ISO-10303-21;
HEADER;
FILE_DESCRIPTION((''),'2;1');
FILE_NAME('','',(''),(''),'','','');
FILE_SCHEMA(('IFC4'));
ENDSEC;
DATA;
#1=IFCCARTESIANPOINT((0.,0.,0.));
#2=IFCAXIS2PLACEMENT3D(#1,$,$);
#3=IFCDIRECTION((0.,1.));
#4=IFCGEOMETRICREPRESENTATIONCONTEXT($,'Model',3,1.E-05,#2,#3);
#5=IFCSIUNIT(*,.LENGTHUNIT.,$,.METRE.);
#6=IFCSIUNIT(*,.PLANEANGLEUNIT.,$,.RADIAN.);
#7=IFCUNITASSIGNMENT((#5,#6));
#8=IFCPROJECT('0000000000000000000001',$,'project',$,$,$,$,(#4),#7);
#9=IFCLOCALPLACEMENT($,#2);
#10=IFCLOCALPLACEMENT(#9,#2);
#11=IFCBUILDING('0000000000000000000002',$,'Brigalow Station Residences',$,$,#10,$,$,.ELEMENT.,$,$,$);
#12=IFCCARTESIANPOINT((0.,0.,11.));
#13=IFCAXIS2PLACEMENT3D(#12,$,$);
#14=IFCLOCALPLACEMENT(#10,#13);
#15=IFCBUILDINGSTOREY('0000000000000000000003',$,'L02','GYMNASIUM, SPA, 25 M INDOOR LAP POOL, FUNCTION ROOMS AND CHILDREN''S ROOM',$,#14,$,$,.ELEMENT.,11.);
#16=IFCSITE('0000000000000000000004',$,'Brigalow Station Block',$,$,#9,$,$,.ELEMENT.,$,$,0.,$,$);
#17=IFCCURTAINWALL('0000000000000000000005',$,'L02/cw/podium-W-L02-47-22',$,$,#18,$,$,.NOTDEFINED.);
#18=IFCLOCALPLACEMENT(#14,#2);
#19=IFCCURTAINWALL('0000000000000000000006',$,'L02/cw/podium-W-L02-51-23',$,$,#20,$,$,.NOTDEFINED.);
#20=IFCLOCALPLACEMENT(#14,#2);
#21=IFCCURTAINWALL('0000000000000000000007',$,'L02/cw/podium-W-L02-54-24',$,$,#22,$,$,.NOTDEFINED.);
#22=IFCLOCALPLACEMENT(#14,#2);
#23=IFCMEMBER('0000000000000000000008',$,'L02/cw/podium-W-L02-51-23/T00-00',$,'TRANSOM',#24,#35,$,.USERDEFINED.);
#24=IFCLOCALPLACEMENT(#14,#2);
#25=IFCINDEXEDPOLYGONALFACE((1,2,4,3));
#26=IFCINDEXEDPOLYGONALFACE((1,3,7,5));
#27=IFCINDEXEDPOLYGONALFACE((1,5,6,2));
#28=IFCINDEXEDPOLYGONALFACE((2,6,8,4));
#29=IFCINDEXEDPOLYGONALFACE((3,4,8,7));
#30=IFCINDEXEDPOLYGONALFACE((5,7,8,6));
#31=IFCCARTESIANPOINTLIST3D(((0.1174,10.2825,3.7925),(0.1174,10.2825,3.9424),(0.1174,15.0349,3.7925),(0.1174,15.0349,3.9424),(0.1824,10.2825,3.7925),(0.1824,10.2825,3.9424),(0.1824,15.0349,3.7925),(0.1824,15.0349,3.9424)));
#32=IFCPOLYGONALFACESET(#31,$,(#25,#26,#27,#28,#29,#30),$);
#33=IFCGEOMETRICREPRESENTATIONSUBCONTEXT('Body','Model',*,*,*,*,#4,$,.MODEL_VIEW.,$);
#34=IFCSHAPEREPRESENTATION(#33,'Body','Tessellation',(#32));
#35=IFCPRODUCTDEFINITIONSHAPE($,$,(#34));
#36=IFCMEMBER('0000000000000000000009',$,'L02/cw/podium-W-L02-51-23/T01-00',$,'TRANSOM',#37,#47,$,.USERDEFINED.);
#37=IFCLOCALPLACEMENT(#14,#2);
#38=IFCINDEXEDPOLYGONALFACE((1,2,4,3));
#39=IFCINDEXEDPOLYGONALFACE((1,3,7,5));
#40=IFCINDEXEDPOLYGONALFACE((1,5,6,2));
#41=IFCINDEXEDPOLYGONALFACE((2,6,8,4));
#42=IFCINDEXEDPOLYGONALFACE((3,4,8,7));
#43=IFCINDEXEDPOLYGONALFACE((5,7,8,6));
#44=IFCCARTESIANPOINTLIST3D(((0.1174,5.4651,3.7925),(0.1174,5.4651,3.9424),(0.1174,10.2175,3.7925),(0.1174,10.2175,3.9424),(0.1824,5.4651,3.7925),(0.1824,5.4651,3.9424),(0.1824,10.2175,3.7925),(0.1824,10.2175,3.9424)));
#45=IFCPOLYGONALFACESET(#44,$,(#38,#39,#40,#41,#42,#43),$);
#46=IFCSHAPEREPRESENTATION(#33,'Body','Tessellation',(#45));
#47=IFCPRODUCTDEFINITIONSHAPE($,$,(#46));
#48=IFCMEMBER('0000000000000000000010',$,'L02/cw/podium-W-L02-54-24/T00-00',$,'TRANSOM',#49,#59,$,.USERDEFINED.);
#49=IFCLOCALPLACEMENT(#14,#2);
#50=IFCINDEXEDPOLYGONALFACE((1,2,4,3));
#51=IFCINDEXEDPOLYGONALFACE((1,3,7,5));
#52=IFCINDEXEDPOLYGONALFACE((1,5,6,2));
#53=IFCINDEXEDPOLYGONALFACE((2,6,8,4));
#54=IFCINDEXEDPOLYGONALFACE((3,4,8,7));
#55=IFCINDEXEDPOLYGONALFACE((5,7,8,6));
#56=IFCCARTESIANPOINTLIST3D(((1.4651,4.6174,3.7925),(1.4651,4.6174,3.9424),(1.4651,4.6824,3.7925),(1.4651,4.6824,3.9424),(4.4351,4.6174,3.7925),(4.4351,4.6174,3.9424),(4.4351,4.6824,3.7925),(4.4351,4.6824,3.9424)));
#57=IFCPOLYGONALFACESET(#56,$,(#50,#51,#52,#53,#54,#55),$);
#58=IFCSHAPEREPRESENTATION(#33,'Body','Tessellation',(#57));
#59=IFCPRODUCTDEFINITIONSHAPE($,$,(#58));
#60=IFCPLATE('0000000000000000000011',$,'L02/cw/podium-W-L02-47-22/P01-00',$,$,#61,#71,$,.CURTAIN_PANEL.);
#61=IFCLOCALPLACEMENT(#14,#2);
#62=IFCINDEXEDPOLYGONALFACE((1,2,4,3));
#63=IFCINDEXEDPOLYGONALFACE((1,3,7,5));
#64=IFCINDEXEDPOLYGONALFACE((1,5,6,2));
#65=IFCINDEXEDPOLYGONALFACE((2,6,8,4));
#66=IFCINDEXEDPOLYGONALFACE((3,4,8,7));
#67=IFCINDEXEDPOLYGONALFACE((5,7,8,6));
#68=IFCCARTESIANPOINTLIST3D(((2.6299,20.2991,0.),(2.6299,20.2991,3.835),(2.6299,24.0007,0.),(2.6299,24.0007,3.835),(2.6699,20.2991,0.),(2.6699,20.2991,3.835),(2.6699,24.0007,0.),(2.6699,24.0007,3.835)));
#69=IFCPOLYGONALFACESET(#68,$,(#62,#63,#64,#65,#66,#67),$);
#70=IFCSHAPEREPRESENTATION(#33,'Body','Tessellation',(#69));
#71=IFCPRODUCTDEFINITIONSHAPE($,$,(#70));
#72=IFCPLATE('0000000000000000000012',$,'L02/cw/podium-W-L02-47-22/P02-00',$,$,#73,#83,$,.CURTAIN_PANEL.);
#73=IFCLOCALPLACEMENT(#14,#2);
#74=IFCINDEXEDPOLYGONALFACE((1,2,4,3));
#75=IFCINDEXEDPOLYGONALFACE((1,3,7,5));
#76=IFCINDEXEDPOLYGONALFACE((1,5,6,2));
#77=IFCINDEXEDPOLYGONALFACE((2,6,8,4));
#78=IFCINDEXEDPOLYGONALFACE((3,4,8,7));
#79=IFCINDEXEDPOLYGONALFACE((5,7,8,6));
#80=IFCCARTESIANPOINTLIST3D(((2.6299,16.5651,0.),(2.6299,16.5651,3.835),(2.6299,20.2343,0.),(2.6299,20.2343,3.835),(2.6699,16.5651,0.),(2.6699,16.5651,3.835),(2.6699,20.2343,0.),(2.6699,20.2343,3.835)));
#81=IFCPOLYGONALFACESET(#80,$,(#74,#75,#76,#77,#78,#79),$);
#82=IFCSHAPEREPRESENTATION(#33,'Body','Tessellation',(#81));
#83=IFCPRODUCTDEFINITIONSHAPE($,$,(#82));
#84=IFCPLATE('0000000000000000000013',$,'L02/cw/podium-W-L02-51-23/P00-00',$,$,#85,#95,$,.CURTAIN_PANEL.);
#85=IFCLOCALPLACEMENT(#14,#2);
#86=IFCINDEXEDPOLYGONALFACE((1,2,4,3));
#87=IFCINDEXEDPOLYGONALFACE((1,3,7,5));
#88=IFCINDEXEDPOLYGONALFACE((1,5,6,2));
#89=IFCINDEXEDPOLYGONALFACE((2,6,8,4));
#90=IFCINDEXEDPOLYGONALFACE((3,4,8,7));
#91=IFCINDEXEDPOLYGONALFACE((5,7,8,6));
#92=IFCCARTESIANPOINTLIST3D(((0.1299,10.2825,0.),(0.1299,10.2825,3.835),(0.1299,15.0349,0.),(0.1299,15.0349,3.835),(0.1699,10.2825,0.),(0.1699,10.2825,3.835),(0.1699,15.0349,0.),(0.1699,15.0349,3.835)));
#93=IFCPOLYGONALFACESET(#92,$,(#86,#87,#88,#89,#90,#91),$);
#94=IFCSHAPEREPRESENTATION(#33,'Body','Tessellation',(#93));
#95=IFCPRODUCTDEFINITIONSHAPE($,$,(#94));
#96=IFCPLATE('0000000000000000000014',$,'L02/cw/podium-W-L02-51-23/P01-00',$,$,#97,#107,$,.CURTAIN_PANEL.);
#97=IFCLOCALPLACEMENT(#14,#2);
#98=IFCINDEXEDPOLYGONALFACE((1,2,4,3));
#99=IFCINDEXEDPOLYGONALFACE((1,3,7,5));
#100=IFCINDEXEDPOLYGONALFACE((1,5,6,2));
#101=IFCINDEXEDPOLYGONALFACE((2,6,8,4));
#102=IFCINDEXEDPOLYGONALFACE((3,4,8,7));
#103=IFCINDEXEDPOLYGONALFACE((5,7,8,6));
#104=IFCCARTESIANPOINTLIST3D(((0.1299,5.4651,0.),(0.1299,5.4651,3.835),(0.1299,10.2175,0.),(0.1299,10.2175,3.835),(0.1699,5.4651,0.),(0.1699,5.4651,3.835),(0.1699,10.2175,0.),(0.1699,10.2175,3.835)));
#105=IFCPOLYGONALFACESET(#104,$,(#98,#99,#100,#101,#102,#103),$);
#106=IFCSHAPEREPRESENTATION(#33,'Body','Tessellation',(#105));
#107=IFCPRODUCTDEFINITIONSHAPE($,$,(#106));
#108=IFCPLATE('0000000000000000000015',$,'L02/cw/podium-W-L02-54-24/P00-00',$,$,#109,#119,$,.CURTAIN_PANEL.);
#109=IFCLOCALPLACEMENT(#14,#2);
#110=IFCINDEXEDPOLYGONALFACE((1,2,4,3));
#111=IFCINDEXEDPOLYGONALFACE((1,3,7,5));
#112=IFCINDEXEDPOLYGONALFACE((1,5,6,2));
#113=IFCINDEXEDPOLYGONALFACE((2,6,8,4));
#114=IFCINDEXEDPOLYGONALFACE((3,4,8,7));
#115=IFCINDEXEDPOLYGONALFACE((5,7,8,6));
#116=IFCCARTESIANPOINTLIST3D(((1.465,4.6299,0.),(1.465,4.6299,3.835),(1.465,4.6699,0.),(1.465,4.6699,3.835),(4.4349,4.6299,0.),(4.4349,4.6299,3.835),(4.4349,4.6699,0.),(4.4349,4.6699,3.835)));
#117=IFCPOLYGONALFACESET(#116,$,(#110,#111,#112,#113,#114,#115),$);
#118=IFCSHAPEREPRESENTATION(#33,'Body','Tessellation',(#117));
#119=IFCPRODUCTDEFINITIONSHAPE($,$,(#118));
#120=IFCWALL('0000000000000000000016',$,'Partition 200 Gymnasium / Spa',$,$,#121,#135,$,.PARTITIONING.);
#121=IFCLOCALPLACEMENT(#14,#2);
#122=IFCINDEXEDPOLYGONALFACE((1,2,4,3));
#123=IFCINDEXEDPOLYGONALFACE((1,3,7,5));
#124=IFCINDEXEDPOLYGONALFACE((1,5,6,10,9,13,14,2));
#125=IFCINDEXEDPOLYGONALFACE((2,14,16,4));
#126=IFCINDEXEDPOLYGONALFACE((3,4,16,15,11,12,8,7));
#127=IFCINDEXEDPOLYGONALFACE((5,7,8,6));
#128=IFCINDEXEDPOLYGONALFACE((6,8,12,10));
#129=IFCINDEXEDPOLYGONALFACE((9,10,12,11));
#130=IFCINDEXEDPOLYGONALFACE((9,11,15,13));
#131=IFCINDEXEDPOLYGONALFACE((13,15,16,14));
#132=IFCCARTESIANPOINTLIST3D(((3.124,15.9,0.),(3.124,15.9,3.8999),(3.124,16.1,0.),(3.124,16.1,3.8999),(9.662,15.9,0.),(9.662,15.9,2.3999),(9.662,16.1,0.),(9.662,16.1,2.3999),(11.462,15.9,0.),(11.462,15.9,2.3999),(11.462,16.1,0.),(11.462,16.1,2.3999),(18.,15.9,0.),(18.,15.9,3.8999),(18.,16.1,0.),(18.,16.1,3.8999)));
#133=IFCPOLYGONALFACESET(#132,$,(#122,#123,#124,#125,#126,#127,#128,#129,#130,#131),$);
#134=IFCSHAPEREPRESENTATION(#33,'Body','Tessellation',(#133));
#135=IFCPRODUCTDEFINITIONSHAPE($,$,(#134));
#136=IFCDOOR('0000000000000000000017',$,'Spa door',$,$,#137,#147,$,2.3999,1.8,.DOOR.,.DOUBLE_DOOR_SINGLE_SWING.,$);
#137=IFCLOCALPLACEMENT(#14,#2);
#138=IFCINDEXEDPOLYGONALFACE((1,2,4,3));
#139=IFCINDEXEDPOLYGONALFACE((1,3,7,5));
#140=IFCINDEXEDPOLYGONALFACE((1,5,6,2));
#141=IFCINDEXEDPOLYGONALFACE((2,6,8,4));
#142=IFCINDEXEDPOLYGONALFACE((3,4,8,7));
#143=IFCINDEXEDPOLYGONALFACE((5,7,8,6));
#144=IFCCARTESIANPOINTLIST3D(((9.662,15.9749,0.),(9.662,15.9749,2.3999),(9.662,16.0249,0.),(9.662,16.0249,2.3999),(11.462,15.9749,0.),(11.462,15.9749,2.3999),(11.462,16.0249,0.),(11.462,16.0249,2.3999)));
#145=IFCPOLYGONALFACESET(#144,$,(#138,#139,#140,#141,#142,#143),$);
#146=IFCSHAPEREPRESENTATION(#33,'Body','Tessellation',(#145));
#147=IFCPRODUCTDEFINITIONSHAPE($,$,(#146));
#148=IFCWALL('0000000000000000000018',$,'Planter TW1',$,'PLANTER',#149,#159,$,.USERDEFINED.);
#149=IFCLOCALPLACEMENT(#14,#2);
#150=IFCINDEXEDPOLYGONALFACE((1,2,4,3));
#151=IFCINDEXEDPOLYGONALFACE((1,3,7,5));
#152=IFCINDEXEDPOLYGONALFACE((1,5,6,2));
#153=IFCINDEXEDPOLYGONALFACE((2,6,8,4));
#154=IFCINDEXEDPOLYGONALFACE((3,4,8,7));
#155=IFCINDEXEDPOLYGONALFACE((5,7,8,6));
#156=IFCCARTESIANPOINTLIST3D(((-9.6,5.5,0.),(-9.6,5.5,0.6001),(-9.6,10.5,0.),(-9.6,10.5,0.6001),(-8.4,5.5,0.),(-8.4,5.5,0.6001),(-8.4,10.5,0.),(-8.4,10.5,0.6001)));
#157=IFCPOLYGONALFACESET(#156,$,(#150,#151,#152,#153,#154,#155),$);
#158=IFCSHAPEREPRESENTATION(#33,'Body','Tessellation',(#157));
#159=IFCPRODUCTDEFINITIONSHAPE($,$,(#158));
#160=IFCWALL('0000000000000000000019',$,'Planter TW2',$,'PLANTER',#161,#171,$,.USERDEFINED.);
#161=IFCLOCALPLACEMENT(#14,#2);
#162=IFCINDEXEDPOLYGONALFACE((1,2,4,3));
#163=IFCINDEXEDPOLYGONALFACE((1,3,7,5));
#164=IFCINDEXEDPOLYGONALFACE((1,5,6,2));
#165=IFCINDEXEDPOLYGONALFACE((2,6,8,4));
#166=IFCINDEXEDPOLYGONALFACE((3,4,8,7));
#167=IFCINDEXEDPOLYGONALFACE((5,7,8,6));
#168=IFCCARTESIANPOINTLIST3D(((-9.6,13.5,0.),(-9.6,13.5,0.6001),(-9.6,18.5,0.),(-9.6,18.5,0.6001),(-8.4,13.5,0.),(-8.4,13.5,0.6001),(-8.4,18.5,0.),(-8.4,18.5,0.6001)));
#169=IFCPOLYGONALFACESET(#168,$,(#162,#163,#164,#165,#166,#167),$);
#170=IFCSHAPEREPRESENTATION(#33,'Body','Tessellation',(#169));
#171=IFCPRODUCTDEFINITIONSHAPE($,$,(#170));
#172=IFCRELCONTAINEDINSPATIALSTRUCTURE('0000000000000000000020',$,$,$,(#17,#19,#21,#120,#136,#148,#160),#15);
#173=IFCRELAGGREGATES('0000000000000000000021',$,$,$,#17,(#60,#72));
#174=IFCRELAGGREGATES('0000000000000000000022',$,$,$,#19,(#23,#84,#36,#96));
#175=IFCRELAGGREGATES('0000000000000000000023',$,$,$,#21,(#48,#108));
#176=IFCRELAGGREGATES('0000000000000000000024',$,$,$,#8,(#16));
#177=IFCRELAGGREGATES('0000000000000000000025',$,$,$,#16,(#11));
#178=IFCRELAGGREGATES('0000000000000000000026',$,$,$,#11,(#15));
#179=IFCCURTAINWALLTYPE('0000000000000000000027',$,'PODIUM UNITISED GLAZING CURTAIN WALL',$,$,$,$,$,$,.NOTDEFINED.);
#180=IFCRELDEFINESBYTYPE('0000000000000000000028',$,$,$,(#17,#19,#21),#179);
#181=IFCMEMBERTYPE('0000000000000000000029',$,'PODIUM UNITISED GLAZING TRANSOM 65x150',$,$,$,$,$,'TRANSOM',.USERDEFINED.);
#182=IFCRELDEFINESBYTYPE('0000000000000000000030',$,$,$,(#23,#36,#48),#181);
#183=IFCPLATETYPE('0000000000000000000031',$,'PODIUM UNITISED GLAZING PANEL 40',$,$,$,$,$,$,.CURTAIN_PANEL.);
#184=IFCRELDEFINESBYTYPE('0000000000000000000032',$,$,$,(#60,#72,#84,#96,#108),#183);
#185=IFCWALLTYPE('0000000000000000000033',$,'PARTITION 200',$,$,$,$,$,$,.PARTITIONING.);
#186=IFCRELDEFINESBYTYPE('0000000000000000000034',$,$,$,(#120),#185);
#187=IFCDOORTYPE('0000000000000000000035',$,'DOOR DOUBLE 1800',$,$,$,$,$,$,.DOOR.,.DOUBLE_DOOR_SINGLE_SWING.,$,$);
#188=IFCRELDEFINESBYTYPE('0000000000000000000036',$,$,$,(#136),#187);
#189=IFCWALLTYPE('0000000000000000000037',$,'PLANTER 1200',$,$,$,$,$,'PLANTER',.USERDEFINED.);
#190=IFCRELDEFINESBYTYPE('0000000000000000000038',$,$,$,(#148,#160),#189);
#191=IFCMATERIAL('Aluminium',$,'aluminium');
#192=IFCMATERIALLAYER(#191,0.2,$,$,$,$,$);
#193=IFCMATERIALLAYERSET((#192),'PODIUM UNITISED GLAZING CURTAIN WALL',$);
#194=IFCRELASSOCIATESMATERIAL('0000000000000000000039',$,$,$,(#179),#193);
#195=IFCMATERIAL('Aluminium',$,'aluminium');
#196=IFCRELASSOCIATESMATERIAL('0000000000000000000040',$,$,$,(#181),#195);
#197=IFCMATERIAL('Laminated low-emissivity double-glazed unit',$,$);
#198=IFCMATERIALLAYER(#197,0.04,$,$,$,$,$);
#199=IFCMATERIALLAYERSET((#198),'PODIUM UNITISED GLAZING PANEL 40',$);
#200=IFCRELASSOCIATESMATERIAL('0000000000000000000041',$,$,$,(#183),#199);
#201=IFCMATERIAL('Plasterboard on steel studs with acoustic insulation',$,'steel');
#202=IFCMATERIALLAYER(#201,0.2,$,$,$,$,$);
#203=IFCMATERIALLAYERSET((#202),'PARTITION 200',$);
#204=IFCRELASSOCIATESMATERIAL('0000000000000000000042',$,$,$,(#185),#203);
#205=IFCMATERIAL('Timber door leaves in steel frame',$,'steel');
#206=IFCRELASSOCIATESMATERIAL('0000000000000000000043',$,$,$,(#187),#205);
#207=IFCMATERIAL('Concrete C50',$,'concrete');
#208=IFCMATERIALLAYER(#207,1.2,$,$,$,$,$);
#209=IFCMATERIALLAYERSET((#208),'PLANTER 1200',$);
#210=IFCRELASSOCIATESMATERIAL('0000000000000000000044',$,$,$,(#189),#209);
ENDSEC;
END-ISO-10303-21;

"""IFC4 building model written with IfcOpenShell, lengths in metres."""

from ifc_helpers import new_model, si_unit, direction, frame, frame_2d, origin, origin_2d, place, context, subcontext, project, spatial, rectangle, extrude, material, layer, layer_set, material_profile, profile_set, type_object, element, fill, aggregate, save


model = new_model("IFC4")

# Units and contexts
model_context = context("Model", 3, precision=1e-05, world=origin(), true_north=direction((0.0, 1.0)))
body_context = subcontext(model_context, "Body", "Model", "MODEL_VIEW")
ifc_project = project(units=[si_unit("LENGTHUNIT", "METRE"), si_unit("PLANEANGLEUNIT", "RADIAN")], contexts=[model_context])

# Site, building, storey
site_placement = place(None, origin())
site = spatial("IfcSite", under=ifc_project, at=site_placement, Name="Brigalow Station Block", CompositionType="ELEMENT", RefElevation=0.0)
building_placement = place(site_placement, origin())
building = spatial("IfcBuilding", under=site, at=building_placement, Name="Brigalow Station Residences", CompositionType="ELEMENT")
storey_placement = place(building_placement, frame((0.0, 0.0, 11.0)))
storey = spatial("IfcBuildingStorey", under=building, at=storey_placement, Name="L02", Description="GYMNASIUM, SPA, 25 M INDOOR LAP POOL, FUNCTION ROOMS AND CHILDREN'S ROOM", CompositionType="ELEMENT", Elevation=11.0)

# Curtain walls
ifc_material_1 = material(Name="Aluminium", Category="aluminium")
ifc_layer_1 = layer(ifc_material_1, 0.2)
ifc_layer_set_1 = layer_set([ifc_layer_1], Name="PODIUM UNITISED GLAZING CURTAIN WALL")
curtain_wall_type = type_object("IfcCurtainWallType", Name="PODIUM UNITISED GLAZING CURTAIN WALL", PredefinedType="NOTDEFINED", material=ifc_layer_set_1)
curtain_wall_1_placement = place(storey_placement, origin())
curtain_wall_1 = element("IfcCurtainWall", 1, at=curtain_wall_1_placement, inside=storey, type_object=curtain_wall_type, Name="L02/cw/podium-W-L02-47-22", PredefinedType="NOTDEFINED")
curtain_wall_2_placement = place(storey_placement, origin())
curtain_wall_2 = element("IfcCurtainWall", 2, at=curtain_wall_2_placement, inside=storey, type_object=curtain_wall_type, Name="L02/cw/podium-W-L02-51-23", PredefinedType="NOTDEFINED")
curtain_wall_3_placement = place(storey_placement, origin())
curtain_wall_3 = element("IfcCurtainWall", 3, at=curtain_wall_3_placement, inside=storey, type_object=curtain_wall_type, Name="L02/cw/podium-W-L02-54-24", PredefinedType="NOTDEFINED")

# Members
ifc_material_2 = material(Name="Aluminium", Category="aluminium")
ifc_material_profile_1 = material_profile(ifc_material_2, rectangle(XDim=0.0649, YDim=0.1499, at=origin_2d()), Name="PODIUM UNITISED GLAZING TRANSOM 65x150")
ifc_profile_set_1 = profile_set([ifc_material_profile_1], Name="Aluminium")
member_type_1 = type_object("IfcMemberType", Name="PODIUM UNITISED GLAZING TRANSOM 65x150", ElementType="TRANSOM", PredefinedType="USERDEFINED", material=ifc_profile_set_1)
member_1_placement = place(storey_placement, frame((0.1499, 15.0349, 3.8674), z_axis=(0.0, -1.0, 0.0), x_axis=(1.0, 0.0, 0.0)))
member_1 = element("IfcMember", 4, at=member_1_placement, type_object=member_type_1, Name="L02/cw/podium-W-L02-51-23/T00-00", ObjectType="TRANSOM", PredefinedType="USERDEFINED", context=body_context, shape_type="SweptSolid", body=[
    extrude(rectangle(XDim=0.0649, YDim=0.1499, at=origin_2d()), origin(), (0.0, 0.0, 1.0), 4.7524),
])
member_2_placement = place(storey_placement, frame((0.1499, 10.2175, 3.8674), z_axis=(0.0, -1.0, 0.0), x_axis=(1.0, 0.0, 0.0)))
member_2 = element("IfcMember", 5, at=member_2_placement, type_object=member_type_1, Name="L02/cw/podium-W-L02-51-23/T01-00", ObjectType="TRANSOM", PredefinedType="USERDEFINED", context=body_context, shape_type="SweptSolid", body=[
    extrude(rectangle(XDim=0.0649, YDim=0.1499, at=origin_2d()), origin(), (0.0, 0.0, 1.0), 4.7524),
])
member_3_placement = place(storey_placement, frame((1.4651, 4.6499, 3.8674), z_axis=(1.0, 0.0, 0.0), x_axis=(0.0, 1.0, 0.0)))
member_3 = element("IfcMember", 6, at=member_3_placement, type_object=member_type_1, Name="L02/cw/podium-W-L02-54-24/T00-00", ObjectType="TRANSOM", PredefinedType="USERDEFINED", context=body_context, shape_type="SweptSolid", body=[
    extrude(rectangle(XDim=0.0649, YDim=0.1499, at=origin_2d()), origin(), (0.0, 0.0, 1.0), 2.97),
])

# Plates
ifc_material_3 = material(Name="Laminated low-emissivity double-glazed unit")
ifc_layer_2 = layer(ifc_material_3, 0.04)
ifc_layer_set_2 = layer_set([ifc_layer_2], Name="PODIUM UNITISED GLAZING PANEL 40")
plate_type = type_object("IfcPlateType", Name="PODIUM UNITISED GLAZING PANEL 40", PredefinedType="CURTAIN_PANEL", material=ifc_layer_set_2)
plate_1_placement = place(storey_placement, frame((2.6499, 22.1499, 0.0), z_axis=(0.0, 0.0, 1.0), x_axis=(0.0, -1.0, 0.0)))
plate_1 = element("IfcPlate", 7, at=plate_1_placement, type_object=plate_type, Name="L02/cw/podium-W-L02-47-22/P01-00", PredefinedType="CURTAIN_PANEL", context=body_context, shape_type="SweptSolid", body=[
    extrude(rectangle(XDim=3.7017, YDim=0.04, at=origin_2d()), origin(), (0.0, 0.0, 1.0), 3.835),
])
plate_2_placement = place(storey_placement, frame((2.6499, 18.3997, 0.0), z_axis=(0.0, 0.0, 1.0), x_axis=(0.0, -1.0, 0.0)))
plate_2 = element("IfcPlate", 8, at=plate_2_placement, type_object=plate_type, Name="L02/cw/podium-W-L02-47-22/P02-00", PredefinedType="CURTAIN_PANEL", context=body_context, shape_type="SweptSolid", body=[
    extrude(rectangle(XDim=3.6692, YDim=0.04, at=origin_2d()), origin(), (0.0, 0.0, 1.0), 3.835),
])
aggregate(curtain_wall_1, [plate_1, plate_2])
plate_3_placement = place(storey_placement, frame((0.1499, 12.6587, 0.0), z_axis=(0.0, 0.0, 1.0), x_axis=(0.0, -1.0, 0.0)))
plate_3 = element("IfcPlate", 9, at=plate_3_placement, type_object=plate_type, Name="L02/cw/podium-W-L02-51-23/P00-00", PredefinedType="CURTAIN_PANEL", context=body_context, shape_type="SweptSolid", body=[
    extrude(rectangle(XDim=4.7524, YDim=0.04, at=origin_2d()), origin(), (0.0, 0.0, 1.0), 3.835),
])
plate_4_placement = place(storey_placement, frame((0.1499, 7.8413, 0.0), z_axis=(0.0, 0.0, 1.0), x_axis=(0.0, -1.0, 0.0)))
plate_4 = element("IfcPlate", 10, at=plate_4_placement, type_object=plate_type, Name="L02/cw/podium-W-L02-51-23/P01-00", PredefinedType="CURTAIN_PANEL", context=body_context, shape_type="SweptSolid", body=[
    extrude(rectangle(XDim=4.7524, YDim=0.04, at=origin_2d()), origin(), (0.0, 0.0, 1.0), 3.835),
])
aggregate(curtain_wall_2, [member_1, plate_3, member_2, plate_4])
plate_5_placement = place(storey_placement, frame((2.95, 4.6499, 0.0), z_axis=(0.0, 0.0, 1.0), x_axis=(1.0, 0.0, 0.0)))
plate_5 = element("IfcPlate", 11, at=plate_5_placement, type_object=plate_type, Name="L02/cw/podium-W-L02-54-24/P00-00", PredefinedType="CURTAIN_PANEL", context=body_context, shape_type="SweptSolid", body=[
    extrude(rectangle(XDim=2.97, YDim=0.04, at=origin_2d()), origin(), (0.0, 0.0, 1.0), 3.835),
])
aggregate(curtain_wall_3, [member_3, plate_5])

# Wall, opening, door
ifc_material_4 = material(Name="Plasterboard on steel studs with acoustic insulation", Category="steel")
ifc_layer_3 = layer(ifc_material_4, 0.2)
ifc_layer_set_3 = layer_set([ifc_layer_3], Name="PARTITION 200")
wall_type_1 = type_object("IfcWallType", Name="PARTITION 200", PredefinedType="PARTITIONING", material=ifc_layer_set_3)
wall_placement = place(storey_placement, frame((3.124, 16.0, 0.0), z_axis=(0.0, 0.0, 1.0), x_axis=(1.0, 0.0, 0.0)))
wall = element("IfcWall", 12, at=wall_placement, inside=storey, type_object=wall_type_1, Name="Partition 200 Gymnasium / Spa", PredefinedType="PARTITIONING", context=body_context, shape_type="SweptSolid", body=[
    extrude(rectangle(XDim=14.876, YDim=0.2, at=frame_2d((7.438, 0.0))), origin(), (0.0, 0.0, 1.0), 3.8999),
])
opening_placement = place(wall_placement, frame((6.5381, 0.0, 0.0)))
opening = element("IfcOpeningElement", 13, at=opening_placement, cuts=wall, PredefinedType="OPENING", context=body_context, shape_type="SweptSolid", body=[
    extrude(rectangle(XDim=1.8, YDim=2.3999, at=frame_2d((0.8999, 1.2))), frame((0.0, 0.1099, 0.0), z_axis=(0.0, -1.0, 0.0), x_axis=(1.0, 0.0, 0.0)), (0.0, 0.0, 1.0), 0.22),
])
ifc_material_5 = material(Name="Timber door leaves in steel frame", Category="steel")
door_type = type_object("IfcDoorType", Name="DOOR DOUBLE 1800", OperationType="DOUBLE_DOOR_SINGLE_SWING", PredefinedType="DOOR", material=ifc_material_5)
door_placement = place(opening_placement, origin())
door = element("IfcDoor", 14, at=door_placement, inside=storey, type_object=door_type, Name="Spa door", OperationType="DOUBLE_DOOR_SINGLE_SWING", OverallHeight=2.3999, OverallWidth=1.8, PredefinedType="DOOR", context=body_context, shape_type="SweptSolid", body=[
    extrude(rectangle(XDim=1.8, YDim=2.3999, at=frame_2d((0.8999, 1.2))), frame((0.0, 0.0249, 0.0), z_axis=(0.0, -1.0, 0.0), x_axis=(1.0, 0.0, 0.0)), (0.0, 0.0, 1.0), 0.05),
])
fill(opening, door)

# Walls
ifc_material_6 = material(Name="Concrete C50", Category="concrete")
ifc_layer_4 = layer(ifc_material_6, 1.2)
ifc_layer_set_4 = layer_set([ifc_layer_4], Name="PLANTER 1200")
wall_type_2 = type_object("IfcWallType", Name="PLANTER 1200", ElementType="PLANTER", PredefinedType="USERDEFINED", material=ifc_layer_set_4)
for number, where, z_axis, x_axis, name in (
    (15, (-9.0, 5.5, 0.0), (0.0, 0.0, 1.0), (0.0, 1.0, 0.0), "Planter TW1"),
    (16, (-9.0, 13.5, 0.0), (0.0, 0.0, 1.0), (0.0, 1.0, 0.0), "Planter TW2"),
):
    element("IfcWall", number, at=place(storey_placement, frame(where, z_axis=z_axis, x_axis=x_axis)), inside=storey, type_object=wall_type_2, Name=name, ObjectType="PLANTER", PredefinedType="USERDEFINED", context=body_context, shape_type="SweptSolid", body=[
        extrude(rectangle(XDim=5.0, YDim=1.2, at=frame_2d((2.5, 0.0))), origin(), (0.0, 0.0, 1.0), 0.6001),
    ])

save(model, "model.ifc")
